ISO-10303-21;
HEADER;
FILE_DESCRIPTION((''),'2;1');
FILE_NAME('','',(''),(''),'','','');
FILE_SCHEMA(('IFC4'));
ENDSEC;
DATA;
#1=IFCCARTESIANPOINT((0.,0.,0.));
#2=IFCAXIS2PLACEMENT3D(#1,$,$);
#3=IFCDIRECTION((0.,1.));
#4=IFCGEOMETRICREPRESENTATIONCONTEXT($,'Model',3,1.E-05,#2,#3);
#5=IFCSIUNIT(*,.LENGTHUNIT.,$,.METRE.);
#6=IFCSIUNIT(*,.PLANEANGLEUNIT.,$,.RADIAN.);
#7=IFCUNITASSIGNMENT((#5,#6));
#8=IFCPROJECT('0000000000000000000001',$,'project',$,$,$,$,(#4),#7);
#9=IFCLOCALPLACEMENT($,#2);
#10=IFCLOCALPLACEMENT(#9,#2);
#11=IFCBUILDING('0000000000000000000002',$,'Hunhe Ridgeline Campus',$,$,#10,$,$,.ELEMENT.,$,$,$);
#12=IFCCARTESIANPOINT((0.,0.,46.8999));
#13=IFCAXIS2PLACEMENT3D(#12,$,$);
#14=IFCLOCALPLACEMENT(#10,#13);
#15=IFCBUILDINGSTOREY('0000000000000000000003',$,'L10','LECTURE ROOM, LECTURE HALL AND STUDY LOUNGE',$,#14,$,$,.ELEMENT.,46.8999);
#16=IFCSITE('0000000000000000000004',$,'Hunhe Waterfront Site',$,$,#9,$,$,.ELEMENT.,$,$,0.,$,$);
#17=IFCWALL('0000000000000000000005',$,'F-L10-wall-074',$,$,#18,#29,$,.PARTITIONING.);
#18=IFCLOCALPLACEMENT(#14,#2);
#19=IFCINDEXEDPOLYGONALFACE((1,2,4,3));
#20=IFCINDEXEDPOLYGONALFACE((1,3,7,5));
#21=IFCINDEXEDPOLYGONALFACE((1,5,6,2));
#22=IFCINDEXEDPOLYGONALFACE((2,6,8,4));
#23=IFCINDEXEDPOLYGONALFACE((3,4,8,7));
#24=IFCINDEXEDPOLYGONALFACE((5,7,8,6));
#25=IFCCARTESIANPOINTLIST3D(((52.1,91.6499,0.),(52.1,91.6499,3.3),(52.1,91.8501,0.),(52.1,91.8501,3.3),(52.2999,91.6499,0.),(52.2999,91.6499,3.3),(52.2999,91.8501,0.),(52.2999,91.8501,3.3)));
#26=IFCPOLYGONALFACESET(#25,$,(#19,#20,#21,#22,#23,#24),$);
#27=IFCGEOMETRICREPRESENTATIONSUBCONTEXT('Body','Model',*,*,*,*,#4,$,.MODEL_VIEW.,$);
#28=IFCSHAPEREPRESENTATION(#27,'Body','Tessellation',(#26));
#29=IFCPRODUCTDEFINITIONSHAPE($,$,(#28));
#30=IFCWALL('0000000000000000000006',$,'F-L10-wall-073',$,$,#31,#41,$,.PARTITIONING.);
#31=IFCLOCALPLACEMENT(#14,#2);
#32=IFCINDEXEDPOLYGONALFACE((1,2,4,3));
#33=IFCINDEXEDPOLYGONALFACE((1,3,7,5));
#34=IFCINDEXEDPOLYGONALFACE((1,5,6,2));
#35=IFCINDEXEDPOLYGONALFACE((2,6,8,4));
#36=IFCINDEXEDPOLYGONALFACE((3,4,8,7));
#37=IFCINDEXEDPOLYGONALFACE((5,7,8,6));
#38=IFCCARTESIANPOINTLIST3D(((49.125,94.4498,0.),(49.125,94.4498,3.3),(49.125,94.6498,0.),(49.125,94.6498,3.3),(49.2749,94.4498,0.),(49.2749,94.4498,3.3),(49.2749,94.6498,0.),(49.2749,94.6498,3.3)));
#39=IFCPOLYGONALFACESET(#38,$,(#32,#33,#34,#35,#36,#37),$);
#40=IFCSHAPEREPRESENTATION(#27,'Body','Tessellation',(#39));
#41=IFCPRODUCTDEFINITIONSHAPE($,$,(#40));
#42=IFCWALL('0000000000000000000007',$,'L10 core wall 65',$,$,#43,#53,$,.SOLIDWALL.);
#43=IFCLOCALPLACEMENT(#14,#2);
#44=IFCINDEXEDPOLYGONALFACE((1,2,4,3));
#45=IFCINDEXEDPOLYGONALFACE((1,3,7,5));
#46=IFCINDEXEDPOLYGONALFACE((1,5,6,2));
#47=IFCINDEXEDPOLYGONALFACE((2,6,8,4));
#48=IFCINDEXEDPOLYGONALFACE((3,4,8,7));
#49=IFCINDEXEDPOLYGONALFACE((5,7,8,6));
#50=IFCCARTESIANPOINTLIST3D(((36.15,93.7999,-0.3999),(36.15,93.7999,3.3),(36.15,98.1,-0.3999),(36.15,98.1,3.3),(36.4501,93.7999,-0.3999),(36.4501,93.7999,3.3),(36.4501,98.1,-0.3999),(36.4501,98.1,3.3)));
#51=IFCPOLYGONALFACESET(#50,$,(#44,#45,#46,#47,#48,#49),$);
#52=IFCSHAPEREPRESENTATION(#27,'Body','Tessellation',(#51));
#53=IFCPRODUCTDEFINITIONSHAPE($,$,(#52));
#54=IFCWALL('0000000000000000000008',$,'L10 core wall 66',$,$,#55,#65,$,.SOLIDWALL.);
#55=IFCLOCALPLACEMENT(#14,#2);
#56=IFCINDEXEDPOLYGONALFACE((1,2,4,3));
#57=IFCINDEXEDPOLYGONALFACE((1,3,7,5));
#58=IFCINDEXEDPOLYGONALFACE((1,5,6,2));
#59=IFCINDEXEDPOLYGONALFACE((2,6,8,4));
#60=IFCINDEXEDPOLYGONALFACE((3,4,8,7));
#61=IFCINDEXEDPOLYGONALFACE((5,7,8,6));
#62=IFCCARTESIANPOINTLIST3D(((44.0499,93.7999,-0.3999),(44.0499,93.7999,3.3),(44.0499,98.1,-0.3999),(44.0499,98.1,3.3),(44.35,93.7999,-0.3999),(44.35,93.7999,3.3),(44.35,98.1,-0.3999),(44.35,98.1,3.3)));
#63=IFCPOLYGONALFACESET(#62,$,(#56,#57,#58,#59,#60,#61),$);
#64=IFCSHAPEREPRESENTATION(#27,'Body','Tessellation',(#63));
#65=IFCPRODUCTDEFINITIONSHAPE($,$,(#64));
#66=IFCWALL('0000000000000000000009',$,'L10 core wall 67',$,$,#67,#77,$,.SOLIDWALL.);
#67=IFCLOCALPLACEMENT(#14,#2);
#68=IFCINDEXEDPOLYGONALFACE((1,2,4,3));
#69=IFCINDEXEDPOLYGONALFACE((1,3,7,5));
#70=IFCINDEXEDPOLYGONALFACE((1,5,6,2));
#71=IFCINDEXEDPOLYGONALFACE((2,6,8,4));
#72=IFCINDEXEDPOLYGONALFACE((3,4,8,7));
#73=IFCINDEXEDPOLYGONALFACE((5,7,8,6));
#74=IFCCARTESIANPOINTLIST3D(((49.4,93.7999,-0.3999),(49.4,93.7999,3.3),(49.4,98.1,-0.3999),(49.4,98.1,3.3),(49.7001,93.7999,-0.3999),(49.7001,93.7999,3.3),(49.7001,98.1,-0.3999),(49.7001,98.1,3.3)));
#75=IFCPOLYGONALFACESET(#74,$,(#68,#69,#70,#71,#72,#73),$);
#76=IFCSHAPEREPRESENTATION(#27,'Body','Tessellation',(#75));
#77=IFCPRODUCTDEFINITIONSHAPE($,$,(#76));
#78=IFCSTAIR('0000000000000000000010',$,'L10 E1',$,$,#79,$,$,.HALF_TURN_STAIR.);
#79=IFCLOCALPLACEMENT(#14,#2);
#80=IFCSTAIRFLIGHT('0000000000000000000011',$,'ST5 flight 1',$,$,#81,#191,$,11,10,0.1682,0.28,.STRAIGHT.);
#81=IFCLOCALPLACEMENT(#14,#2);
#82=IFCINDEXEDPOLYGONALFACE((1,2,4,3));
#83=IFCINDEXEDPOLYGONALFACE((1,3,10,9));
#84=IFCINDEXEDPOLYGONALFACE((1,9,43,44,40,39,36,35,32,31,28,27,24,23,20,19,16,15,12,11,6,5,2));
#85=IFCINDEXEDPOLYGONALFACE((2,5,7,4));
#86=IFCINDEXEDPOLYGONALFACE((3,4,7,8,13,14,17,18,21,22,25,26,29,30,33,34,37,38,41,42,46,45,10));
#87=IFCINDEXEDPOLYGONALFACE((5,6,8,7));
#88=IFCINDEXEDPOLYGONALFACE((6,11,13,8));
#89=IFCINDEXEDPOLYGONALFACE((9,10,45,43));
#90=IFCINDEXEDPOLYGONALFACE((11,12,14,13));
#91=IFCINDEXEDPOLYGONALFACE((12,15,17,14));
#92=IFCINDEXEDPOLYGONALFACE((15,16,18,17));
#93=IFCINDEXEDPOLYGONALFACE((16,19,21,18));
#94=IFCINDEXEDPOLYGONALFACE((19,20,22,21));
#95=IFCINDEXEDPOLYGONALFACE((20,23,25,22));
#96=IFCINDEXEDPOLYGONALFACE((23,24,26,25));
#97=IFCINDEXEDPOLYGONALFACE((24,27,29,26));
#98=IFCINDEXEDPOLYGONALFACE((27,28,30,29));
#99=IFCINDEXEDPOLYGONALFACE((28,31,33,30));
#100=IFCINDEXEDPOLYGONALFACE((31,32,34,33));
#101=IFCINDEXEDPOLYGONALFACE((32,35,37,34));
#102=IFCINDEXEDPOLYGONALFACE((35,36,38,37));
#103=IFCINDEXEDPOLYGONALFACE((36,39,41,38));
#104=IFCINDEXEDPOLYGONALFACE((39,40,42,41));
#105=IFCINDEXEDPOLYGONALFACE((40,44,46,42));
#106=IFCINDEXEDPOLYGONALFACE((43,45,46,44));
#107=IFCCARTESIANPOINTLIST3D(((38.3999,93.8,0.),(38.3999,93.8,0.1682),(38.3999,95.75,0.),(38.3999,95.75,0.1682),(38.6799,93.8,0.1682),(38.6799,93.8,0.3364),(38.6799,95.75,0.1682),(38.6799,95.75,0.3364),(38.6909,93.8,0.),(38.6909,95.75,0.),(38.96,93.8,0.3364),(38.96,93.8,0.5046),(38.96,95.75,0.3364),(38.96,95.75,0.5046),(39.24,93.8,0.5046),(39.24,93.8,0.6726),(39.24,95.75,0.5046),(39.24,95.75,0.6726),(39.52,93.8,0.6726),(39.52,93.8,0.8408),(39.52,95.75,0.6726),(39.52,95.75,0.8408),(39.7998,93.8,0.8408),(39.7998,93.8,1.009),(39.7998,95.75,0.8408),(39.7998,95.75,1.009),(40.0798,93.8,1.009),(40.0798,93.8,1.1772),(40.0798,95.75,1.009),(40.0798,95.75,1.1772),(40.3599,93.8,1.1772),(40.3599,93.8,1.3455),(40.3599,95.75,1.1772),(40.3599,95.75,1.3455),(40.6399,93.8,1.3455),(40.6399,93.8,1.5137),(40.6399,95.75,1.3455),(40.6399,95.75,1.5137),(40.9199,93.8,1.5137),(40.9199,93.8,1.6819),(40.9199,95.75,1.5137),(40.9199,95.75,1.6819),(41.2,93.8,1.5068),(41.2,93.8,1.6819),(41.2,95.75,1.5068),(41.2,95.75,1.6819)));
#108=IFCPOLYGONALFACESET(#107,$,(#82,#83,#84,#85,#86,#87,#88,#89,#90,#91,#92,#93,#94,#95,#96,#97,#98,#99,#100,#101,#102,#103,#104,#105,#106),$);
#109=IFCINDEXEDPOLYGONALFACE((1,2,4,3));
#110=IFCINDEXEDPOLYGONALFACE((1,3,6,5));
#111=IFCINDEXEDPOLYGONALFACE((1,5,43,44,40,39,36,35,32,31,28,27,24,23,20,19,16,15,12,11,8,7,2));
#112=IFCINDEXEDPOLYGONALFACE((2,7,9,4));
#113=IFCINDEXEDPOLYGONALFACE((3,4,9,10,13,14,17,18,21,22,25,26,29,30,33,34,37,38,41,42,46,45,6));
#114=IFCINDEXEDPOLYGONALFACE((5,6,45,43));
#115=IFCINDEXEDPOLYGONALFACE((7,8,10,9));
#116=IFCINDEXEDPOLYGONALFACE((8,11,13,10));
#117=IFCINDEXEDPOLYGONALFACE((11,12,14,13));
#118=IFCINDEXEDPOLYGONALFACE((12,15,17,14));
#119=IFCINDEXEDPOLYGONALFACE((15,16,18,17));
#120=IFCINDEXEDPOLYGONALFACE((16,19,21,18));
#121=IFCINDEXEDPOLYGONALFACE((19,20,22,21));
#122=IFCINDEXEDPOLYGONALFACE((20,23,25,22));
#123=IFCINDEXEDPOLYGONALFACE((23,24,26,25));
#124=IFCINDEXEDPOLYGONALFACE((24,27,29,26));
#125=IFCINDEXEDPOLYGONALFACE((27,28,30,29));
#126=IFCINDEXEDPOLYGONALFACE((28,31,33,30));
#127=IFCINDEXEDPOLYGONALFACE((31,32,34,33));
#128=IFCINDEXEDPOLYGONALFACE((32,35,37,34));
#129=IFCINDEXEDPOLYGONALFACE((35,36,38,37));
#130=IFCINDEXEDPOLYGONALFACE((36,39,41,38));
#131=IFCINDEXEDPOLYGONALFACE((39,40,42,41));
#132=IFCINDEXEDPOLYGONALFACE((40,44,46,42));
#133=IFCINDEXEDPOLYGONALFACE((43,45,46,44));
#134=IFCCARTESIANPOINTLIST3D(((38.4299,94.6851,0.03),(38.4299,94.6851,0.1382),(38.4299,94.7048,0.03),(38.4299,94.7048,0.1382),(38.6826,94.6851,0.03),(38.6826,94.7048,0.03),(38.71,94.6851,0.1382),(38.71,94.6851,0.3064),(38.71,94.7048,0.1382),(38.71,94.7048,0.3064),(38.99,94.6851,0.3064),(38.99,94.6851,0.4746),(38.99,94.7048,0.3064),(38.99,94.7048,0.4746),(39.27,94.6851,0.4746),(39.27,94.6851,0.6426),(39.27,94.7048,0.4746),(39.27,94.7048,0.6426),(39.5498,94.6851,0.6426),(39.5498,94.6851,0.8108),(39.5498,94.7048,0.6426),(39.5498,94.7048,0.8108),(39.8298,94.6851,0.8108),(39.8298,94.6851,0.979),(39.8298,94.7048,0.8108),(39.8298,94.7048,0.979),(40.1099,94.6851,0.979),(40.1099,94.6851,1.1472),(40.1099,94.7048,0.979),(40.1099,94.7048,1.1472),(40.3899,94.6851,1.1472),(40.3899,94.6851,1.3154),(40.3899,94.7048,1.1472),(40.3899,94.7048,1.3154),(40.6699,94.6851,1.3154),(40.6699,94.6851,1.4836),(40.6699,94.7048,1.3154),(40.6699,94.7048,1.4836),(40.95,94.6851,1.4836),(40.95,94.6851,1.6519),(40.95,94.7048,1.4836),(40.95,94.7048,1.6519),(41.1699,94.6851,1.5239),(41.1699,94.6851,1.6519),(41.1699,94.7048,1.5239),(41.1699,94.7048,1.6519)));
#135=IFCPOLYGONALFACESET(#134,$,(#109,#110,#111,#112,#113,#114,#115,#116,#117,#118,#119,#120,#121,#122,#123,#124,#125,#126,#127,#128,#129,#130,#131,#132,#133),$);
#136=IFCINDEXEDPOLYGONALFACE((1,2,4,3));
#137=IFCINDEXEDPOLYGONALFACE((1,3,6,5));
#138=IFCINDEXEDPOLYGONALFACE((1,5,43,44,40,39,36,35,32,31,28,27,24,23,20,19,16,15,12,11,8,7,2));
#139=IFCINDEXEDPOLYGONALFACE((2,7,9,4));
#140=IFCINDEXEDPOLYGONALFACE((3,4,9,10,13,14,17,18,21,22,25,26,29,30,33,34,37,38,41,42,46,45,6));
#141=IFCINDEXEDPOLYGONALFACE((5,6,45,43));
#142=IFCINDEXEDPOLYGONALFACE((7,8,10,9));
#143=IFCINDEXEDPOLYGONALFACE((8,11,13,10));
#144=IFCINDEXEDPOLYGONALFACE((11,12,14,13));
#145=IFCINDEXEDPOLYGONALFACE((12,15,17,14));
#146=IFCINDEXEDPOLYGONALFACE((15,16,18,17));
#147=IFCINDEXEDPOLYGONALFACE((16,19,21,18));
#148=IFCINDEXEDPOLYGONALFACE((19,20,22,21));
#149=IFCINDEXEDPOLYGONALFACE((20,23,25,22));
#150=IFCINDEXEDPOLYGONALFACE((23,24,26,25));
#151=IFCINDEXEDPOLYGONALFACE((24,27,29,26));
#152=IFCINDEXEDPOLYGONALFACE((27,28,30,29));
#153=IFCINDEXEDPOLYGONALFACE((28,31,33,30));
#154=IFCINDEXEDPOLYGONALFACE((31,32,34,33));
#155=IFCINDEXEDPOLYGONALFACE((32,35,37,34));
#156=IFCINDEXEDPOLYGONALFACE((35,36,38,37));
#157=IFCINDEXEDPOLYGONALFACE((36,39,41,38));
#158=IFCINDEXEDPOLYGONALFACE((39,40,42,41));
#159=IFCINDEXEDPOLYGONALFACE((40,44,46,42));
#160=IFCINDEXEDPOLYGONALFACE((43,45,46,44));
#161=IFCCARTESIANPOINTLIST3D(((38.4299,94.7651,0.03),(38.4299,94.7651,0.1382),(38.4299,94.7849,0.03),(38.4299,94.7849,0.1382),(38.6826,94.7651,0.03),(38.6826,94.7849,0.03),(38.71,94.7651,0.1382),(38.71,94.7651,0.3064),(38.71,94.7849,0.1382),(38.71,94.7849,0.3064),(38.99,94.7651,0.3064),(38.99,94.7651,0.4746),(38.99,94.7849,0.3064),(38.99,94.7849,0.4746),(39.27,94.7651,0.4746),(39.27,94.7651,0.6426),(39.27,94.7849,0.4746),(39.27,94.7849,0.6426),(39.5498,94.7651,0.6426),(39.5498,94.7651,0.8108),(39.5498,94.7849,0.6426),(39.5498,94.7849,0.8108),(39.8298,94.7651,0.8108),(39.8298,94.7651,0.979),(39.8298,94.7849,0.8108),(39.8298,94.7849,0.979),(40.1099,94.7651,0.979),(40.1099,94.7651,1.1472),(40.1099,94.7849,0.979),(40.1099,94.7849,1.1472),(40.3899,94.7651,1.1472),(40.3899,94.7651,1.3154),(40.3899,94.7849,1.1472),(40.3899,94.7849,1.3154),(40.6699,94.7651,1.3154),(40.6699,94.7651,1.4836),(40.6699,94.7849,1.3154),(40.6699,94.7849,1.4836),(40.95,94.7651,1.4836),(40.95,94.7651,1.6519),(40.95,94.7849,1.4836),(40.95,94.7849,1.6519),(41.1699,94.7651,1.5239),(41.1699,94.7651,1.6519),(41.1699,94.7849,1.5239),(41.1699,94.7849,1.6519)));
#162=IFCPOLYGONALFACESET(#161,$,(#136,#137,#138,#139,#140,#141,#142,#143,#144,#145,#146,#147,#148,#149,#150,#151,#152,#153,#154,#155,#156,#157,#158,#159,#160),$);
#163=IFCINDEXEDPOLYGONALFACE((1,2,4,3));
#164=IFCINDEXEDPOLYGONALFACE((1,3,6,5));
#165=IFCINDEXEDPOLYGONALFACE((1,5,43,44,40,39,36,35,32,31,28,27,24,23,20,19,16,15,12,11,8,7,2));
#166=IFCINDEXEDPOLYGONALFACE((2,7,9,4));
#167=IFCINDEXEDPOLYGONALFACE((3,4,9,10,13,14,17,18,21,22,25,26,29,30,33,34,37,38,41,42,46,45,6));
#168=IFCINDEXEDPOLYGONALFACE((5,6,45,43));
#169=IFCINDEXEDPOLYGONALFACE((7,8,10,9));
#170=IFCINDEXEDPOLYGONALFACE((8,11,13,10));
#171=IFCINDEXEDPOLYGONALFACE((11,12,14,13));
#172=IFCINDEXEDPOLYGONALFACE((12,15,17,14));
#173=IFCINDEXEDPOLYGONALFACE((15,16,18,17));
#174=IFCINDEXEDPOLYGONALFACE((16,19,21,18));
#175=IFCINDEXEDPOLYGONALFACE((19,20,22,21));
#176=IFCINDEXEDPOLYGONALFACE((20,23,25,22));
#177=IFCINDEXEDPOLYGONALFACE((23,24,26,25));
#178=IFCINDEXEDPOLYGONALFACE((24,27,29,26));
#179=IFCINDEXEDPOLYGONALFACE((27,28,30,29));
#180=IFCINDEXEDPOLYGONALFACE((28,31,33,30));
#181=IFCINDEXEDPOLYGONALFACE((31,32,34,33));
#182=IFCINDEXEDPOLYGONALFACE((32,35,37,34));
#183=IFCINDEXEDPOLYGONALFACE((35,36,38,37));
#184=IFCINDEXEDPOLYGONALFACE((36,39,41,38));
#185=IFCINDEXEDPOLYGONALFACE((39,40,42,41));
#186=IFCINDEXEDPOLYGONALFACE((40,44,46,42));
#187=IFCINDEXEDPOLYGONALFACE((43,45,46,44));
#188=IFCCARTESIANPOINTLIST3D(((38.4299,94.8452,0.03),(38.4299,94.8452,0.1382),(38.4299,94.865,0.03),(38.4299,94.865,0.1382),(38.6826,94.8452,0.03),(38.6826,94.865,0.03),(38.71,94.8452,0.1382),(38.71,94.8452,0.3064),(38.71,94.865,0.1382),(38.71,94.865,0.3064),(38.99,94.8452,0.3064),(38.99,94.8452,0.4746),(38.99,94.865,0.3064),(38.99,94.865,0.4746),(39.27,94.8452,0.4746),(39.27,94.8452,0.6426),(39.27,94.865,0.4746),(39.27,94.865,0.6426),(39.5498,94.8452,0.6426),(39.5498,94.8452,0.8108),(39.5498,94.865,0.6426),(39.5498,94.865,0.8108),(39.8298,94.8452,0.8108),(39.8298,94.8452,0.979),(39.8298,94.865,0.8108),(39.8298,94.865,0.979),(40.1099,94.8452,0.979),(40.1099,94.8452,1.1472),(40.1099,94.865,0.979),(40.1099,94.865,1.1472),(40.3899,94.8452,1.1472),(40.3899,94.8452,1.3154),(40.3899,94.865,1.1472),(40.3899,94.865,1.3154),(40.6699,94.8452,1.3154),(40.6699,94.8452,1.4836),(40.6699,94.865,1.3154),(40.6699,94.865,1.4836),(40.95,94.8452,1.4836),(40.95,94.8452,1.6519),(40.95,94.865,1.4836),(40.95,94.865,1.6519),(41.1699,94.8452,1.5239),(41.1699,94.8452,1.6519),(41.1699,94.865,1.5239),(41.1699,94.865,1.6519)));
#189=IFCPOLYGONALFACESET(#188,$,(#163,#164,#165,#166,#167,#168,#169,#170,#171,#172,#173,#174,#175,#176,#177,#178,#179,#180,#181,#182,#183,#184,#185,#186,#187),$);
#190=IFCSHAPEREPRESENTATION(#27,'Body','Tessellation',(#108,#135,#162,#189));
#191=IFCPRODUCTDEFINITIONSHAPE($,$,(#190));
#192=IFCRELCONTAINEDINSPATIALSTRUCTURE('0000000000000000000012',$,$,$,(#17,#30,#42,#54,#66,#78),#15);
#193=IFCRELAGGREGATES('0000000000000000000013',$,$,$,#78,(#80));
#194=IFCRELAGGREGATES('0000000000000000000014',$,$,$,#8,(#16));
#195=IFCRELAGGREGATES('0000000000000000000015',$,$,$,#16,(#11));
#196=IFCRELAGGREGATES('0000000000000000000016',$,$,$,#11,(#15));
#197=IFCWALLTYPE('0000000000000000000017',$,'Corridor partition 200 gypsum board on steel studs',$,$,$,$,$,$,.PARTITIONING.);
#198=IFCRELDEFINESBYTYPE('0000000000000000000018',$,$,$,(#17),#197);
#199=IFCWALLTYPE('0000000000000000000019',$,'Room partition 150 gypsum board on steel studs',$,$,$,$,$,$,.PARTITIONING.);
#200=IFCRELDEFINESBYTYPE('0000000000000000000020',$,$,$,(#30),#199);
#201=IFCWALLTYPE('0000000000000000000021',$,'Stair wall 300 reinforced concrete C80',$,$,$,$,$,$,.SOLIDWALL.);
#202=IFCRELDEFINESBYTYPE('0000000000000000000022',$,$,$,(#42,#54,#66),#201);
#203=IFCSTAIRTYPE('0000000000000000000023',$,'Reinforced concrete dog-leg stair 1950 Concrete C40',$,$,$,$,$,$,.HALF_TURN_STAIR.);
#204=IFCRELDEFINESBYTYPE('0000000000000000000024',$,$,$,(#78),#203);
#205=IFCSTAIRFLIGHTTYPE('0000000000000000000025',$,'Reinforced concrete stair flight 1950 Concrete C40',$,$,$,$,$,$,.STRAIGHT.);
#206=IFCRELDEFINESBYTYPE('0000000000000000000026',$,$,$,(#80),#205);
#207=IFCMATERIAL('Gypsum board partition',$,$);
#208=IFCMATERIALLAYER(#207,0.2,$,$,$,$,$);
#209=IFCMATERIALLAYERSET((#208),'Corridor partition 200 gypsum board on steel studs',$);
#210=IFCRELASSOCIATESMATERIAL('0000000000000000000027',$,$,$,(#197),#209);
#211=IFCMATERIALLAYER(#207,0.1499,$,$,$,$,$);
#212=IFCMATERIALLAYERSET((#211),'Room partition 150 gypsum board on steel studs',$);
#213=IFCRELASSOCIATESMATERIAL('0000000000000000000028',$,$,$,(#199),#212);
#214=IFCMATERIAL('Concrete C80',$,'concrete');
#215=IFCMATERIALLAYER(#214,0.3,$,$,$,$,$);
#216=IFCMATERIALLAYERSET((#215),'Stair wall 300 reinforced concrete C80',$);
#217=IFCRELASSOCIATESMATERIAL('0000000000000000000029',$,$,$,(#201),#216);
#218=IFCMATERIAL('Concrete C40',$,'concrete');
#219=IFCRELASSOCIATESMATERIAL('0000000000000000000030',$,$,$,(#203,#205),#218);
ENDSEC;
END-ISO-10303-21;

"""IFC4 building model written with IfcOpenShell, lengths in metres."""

from ifc_helpers import new_model, si_unit, direction, frame, frame_2d, origin, place, context, subcontext, project, spatial, polyline, rectangle, outline, extrude, material, layer, layer_set, type_object, element, aggregate, save


model = new_model("IFC4")

# Units and contexts
model_context = context("Model", 3, precision=1e-05, world=origin(), true_north=direction((0.0, 1.0)))
body_context = subcontext(model_context, "Body", "Model", "MODEL_VIEW")
ifc_project = project(units=[si_unit("LENGTHUNIT", "METRE"), si_unit("PLANEANGLEUNIT", "RADIAN")], contexts=[model_context])

# Site, building, storey
site_placement = place(None, origin())
site = spatial("IfcSite", under=ifc_project, at=site_placement, Name="Hunhe Waterfront Site", CompositionType="ELEMENT", RefElevation=0.0)
building_placement = place(site_placement, origin())
building = spatial("IfcBuilding", under=site, at=building_placement, Name="Hunhe Ridgeline Campus", CompositionType="ELEMENT")
storey_placement = place(building_placement, frame((0.0, 0.0, 46.8999)))
storey = spatial("IfcBuildingStorey", under=building, at=storey_placement, Name="L10", Description="LECTURE ROOM, LECTURE HALL AND STUDY LOUNGE", CompositionType="ELEMENT", Elevation=46.8999)

# Shared definitions
ifc_material_1 = material(Name="Gypsum board partition")
ifc_layer_1 = layer(ifc_material_1, 0.2)
ifc_layer_set_1 = layer_set([ifc_layer_1], Name="Corridor partition 200 gypsum board on steel studs")
wall_type_1 = type_object("IfcWallType", Name="Corridor partition 200 gypsum board on steel studs", PredefinedType="PARTITIONING", material=ifc_layer_set_1)

# Walls
wall_1_placement = place(storey_placement, frame((52.2, 91.8501, 0.0), z_axis=(0.0, 0.0, 1.0), x_axis=(0.0, -1.0, 0.0)))
element("IfcWall", 1, at=wall_1_placement, inside=storey, type_object=wall_type_1, Name="F-L10-wall-074", PredefinedType="PARTITIONING", context=body_context, shape_type="SweptSolid", body=[
    extrude(rectangle(XDim=0.2002, YDim=0.2, at=frame_2d((0.1001, 0.0))), origin(), (0.0, 0.0, 1.0), 3.3),
])
ifc_layer_2 = layer(ifc_material_1, 0.1499)
ifc_layer_set_2 = layer_set([ifc_layer_2], Name="Room partition 150 gypsum board on steel studs")
wall_type_2 = type_object("IfcWallType", Name="Room partition 150 gypsum board on steel studs", PredefinedType="PARTITIONING", material=ifc_layer_set_2)
wall_2_placement = place(storey_placement, frame((49.2, 94.6499, 0.0), z_axis=(0.0, 0.0, 1.0), x_axis=(0.0, -1.0, 0.0)))
element("IfcWall", 2, at=wall_2_placement, inside=storey, type_object=wall_type_2, Name="F-L10-wall-073", PredefinedType="PARTITIONING", context=body_context, shape_type="SweptSolid", body=[
    extrude(rectangle(XDim=0.2, YDim=0.1499, at=frame_2d((0.1001, 0.0))), origin(), (0.0, 0.0, 1.0), 3.3),
])

# Shared definitions
ifc_material_2 = material(Name="Concrete C80", Category="concrete")
ifc_layer_3 = layer(ifc_material_2, 0.3)
ifc_layer_set_3 = layer_set([ifc_layer_3], Name="Stair wall 300 reinforced concrete C80")
wall_type_3 = type_object("IfcWallType", Name="Stair wall 300 reinforced concrete C80", PredefinedType="SOLIDWALL", material=ifc_layer_set_3)

# Walls
for number, where, z_axis, x_axis, name in (
    (3, (36.3, 93.8, -0.3999), (0.0, 0.0, 1.0), (0.0, 1.0, 0.0), "L10 core wall 65"),
    (4, (44.2, 93.8, -0.3999), (0.0, 0.0, 1.0), (0.0, 1.0, 0.0), "L10 core wall 66"),
    (5, (49.55, 93.8, -0.3999), (0.0, 0.0, 1.0), (0.0, 1.0, 0.0), "L10 core wall 67"),
):
    element("IfcWall", number, at=place(storey_placement, frame(where, z_axis=z_axis, x_axis=x_axis)), inside=storey, type_object=wall_type_3, Name=name, PredefinedType="SOLIDWALL", context=body_context, shape_type="SweptSolid", body=[
        extrude(rectangle(XDim=4.3, YDim=0.3, at=frame_2d((2.1499, 0.0))), origin(), (0.0, 0.0, 1.0), 3.7),
    ])

# Stair, stair flight
ifc_material_3 = material(Name="Concrete C40", Category="concrete")
stair_type = type_object("IfcStairType", Name="Reinforced concrete dog-leg stair 1950 Concrete C40", PredefinedType="HALF_TURN_STAIR", material=ifc_material_3)
stair_1_placement = place(storey_placement, origin())
stair_1 = element("IfcStair", 6, at=stair_1_placement, inside=storey, type_object=stair_type, Name="L10 E1", PredefinedType="HALF_TURN_STAIR")
stair_flight_type = type_object("IfcStairFlightType", Name="Reinforced concrete stair flight 1950 Concrete C40", PredefinedType="STRAIGHT", material=ifc_material_3)
stair_flight_1_placement = place(storey_placement, frame((38.3999, 94.7749, 0.0), z_axis=(0.0, 0.0, 1.0), x_axis=(1.0, 0.0, 0.0)))
stair_flight_1 = element("IfcStairFlight", 7, at=stair_flight_1_placement, type_object=stair_flight_type, Name="ST5 flight 1", NumberOfRisers=11, NumberOfTreads=10, PredefinedType="STRAIGHT", RiserHeight=0.1682, TreadLength=0.28, context=body_context, shape_type="SweptSolid", body=[
    extrude(outline(polyline([(0.0, 0.0), (0.0, 0.1682), (0.28, 0.1682), (0.28, 0.3364), (0.5601, 0.3364), (0.5601, 0.5046), (0.8401, 0.5046), (0.8401, 0.6726), (1.1201, 0.6726), (1.1201, 0.8408), (1.3999, 0.8408), (1.3999, 1.009), (1.6799, 1.009), (1.6799, 1.1772), (1.96, 1.1772), (1.96, 1.3455), (2.24, 1.3455), (2.24, 1.5137), (2.52, 1.5137), (2.52, 1.6819), (2.8, 1.6819), (2.8, 1.8501), (2.8, 1.5068), (0.291, 0.0), (0.0, 0.0)])), frame((0.0, 0.9751, 0.0), z_axis=(0.0, -1.0, 0.0), x_axis=(1.0, 0.0, 0.0)), (0.0, 0.0, 1.0), 1.95),
    extrude(outline(polyline([(0.03, 0.03), (0.03, 0.1382), (0.3101, 0.1382), (0.3101, 0.3064), (0.5901, 0.3064), (0.5901, 0.4746), (0.8701, 0.4746), (0.8701, 0.6426), (1.1499, 0.6426), (1.1499, 0.8108), (1.4299, 0.8108), (1.4299, 0.979), (1.71, 0.979), (1.71, 1.1472), (1.99, 1.1472), (1.99, 1.3154), (2.27, 1.3154), (2.27, 1.4836), (2.55, 1.4836), (2.55, 1.6519), (2.77, 1.6519), (2.77, 1.5239), (0.2827, 0.03), (0.03, 0.03)])), frame((0.0, -0.0701, 0.0), z_axis=(0.0, -1.0, 0.0), x_axis=(1.0, 0.0, 0.0)), (0.0, 0.0, 1.0), 0.0198),
    extrude(outline(polyline([(0.03, 0.03), (0.03, 0.1382), (0.3101, 0.1382), (0.3101, 0.3064), (0.5901, 0.3064), (0.5901, 0.4746), (0.8701, 0.4746), (0.8701, 0.6426), (1.1499, 0.6426), (1.1499, 0.8108), (1.4299, 0.8108), (1.4299, 0.979), (1.71, 0.979), (1.71, 1.1472), (1.99, 1.1472), (1.99, 1.3154), (2.27, 1.3154), (2.27, 1.4836), (2.55, 1.4836), (2.55, 1.6519), (2.77, 1.6519), (2.77, 1.5239), (0.2827, 0.03), (0.03, 0.03)])), frame((0.0, 0.01, 0.0), z_axis=(0.0, -1.0, 0.0), x_axis=(1.0, 0.0, 0.0)), (0.0, 0.0, 1.0), 0.0198),
    extrude(outline(polyline([(0.03, 0.03), (0.03, 0.1382), (0.3101, 0.1382), (0.3101, 0.3064), (0.5901, 0.3064), (0.5901, 0.4746), (0.8701, 0.4746), (0.8701, 0.6426), (1.1499, 0.6426), (1.1499, 0.8108), (1.4299, 0.8108), (1.4299, 0.979), (1.71, 0.979), (1.71, 1.1472), (1.99, 1.1472), (1.99, 1.3154), (2.27, 1.3154), (2.27, 1.4836), (2.55, 1.4836), (2.55, 1.6519), (2.77, 1.6519), (2.77, 1.5239), (0.2827, 0.03), (0.03, 0.03)])), frame((0.0, 0.0901, 0.0), z_axis=(0.0, -1.0, 0.0), x_axis=(1.0, 0.0, 0.0)), (0.0, 0.0, 1.0), 0.0198),
])
aggregate(stair_1, [stair_flight_1])

save(model, "model.ifc")
